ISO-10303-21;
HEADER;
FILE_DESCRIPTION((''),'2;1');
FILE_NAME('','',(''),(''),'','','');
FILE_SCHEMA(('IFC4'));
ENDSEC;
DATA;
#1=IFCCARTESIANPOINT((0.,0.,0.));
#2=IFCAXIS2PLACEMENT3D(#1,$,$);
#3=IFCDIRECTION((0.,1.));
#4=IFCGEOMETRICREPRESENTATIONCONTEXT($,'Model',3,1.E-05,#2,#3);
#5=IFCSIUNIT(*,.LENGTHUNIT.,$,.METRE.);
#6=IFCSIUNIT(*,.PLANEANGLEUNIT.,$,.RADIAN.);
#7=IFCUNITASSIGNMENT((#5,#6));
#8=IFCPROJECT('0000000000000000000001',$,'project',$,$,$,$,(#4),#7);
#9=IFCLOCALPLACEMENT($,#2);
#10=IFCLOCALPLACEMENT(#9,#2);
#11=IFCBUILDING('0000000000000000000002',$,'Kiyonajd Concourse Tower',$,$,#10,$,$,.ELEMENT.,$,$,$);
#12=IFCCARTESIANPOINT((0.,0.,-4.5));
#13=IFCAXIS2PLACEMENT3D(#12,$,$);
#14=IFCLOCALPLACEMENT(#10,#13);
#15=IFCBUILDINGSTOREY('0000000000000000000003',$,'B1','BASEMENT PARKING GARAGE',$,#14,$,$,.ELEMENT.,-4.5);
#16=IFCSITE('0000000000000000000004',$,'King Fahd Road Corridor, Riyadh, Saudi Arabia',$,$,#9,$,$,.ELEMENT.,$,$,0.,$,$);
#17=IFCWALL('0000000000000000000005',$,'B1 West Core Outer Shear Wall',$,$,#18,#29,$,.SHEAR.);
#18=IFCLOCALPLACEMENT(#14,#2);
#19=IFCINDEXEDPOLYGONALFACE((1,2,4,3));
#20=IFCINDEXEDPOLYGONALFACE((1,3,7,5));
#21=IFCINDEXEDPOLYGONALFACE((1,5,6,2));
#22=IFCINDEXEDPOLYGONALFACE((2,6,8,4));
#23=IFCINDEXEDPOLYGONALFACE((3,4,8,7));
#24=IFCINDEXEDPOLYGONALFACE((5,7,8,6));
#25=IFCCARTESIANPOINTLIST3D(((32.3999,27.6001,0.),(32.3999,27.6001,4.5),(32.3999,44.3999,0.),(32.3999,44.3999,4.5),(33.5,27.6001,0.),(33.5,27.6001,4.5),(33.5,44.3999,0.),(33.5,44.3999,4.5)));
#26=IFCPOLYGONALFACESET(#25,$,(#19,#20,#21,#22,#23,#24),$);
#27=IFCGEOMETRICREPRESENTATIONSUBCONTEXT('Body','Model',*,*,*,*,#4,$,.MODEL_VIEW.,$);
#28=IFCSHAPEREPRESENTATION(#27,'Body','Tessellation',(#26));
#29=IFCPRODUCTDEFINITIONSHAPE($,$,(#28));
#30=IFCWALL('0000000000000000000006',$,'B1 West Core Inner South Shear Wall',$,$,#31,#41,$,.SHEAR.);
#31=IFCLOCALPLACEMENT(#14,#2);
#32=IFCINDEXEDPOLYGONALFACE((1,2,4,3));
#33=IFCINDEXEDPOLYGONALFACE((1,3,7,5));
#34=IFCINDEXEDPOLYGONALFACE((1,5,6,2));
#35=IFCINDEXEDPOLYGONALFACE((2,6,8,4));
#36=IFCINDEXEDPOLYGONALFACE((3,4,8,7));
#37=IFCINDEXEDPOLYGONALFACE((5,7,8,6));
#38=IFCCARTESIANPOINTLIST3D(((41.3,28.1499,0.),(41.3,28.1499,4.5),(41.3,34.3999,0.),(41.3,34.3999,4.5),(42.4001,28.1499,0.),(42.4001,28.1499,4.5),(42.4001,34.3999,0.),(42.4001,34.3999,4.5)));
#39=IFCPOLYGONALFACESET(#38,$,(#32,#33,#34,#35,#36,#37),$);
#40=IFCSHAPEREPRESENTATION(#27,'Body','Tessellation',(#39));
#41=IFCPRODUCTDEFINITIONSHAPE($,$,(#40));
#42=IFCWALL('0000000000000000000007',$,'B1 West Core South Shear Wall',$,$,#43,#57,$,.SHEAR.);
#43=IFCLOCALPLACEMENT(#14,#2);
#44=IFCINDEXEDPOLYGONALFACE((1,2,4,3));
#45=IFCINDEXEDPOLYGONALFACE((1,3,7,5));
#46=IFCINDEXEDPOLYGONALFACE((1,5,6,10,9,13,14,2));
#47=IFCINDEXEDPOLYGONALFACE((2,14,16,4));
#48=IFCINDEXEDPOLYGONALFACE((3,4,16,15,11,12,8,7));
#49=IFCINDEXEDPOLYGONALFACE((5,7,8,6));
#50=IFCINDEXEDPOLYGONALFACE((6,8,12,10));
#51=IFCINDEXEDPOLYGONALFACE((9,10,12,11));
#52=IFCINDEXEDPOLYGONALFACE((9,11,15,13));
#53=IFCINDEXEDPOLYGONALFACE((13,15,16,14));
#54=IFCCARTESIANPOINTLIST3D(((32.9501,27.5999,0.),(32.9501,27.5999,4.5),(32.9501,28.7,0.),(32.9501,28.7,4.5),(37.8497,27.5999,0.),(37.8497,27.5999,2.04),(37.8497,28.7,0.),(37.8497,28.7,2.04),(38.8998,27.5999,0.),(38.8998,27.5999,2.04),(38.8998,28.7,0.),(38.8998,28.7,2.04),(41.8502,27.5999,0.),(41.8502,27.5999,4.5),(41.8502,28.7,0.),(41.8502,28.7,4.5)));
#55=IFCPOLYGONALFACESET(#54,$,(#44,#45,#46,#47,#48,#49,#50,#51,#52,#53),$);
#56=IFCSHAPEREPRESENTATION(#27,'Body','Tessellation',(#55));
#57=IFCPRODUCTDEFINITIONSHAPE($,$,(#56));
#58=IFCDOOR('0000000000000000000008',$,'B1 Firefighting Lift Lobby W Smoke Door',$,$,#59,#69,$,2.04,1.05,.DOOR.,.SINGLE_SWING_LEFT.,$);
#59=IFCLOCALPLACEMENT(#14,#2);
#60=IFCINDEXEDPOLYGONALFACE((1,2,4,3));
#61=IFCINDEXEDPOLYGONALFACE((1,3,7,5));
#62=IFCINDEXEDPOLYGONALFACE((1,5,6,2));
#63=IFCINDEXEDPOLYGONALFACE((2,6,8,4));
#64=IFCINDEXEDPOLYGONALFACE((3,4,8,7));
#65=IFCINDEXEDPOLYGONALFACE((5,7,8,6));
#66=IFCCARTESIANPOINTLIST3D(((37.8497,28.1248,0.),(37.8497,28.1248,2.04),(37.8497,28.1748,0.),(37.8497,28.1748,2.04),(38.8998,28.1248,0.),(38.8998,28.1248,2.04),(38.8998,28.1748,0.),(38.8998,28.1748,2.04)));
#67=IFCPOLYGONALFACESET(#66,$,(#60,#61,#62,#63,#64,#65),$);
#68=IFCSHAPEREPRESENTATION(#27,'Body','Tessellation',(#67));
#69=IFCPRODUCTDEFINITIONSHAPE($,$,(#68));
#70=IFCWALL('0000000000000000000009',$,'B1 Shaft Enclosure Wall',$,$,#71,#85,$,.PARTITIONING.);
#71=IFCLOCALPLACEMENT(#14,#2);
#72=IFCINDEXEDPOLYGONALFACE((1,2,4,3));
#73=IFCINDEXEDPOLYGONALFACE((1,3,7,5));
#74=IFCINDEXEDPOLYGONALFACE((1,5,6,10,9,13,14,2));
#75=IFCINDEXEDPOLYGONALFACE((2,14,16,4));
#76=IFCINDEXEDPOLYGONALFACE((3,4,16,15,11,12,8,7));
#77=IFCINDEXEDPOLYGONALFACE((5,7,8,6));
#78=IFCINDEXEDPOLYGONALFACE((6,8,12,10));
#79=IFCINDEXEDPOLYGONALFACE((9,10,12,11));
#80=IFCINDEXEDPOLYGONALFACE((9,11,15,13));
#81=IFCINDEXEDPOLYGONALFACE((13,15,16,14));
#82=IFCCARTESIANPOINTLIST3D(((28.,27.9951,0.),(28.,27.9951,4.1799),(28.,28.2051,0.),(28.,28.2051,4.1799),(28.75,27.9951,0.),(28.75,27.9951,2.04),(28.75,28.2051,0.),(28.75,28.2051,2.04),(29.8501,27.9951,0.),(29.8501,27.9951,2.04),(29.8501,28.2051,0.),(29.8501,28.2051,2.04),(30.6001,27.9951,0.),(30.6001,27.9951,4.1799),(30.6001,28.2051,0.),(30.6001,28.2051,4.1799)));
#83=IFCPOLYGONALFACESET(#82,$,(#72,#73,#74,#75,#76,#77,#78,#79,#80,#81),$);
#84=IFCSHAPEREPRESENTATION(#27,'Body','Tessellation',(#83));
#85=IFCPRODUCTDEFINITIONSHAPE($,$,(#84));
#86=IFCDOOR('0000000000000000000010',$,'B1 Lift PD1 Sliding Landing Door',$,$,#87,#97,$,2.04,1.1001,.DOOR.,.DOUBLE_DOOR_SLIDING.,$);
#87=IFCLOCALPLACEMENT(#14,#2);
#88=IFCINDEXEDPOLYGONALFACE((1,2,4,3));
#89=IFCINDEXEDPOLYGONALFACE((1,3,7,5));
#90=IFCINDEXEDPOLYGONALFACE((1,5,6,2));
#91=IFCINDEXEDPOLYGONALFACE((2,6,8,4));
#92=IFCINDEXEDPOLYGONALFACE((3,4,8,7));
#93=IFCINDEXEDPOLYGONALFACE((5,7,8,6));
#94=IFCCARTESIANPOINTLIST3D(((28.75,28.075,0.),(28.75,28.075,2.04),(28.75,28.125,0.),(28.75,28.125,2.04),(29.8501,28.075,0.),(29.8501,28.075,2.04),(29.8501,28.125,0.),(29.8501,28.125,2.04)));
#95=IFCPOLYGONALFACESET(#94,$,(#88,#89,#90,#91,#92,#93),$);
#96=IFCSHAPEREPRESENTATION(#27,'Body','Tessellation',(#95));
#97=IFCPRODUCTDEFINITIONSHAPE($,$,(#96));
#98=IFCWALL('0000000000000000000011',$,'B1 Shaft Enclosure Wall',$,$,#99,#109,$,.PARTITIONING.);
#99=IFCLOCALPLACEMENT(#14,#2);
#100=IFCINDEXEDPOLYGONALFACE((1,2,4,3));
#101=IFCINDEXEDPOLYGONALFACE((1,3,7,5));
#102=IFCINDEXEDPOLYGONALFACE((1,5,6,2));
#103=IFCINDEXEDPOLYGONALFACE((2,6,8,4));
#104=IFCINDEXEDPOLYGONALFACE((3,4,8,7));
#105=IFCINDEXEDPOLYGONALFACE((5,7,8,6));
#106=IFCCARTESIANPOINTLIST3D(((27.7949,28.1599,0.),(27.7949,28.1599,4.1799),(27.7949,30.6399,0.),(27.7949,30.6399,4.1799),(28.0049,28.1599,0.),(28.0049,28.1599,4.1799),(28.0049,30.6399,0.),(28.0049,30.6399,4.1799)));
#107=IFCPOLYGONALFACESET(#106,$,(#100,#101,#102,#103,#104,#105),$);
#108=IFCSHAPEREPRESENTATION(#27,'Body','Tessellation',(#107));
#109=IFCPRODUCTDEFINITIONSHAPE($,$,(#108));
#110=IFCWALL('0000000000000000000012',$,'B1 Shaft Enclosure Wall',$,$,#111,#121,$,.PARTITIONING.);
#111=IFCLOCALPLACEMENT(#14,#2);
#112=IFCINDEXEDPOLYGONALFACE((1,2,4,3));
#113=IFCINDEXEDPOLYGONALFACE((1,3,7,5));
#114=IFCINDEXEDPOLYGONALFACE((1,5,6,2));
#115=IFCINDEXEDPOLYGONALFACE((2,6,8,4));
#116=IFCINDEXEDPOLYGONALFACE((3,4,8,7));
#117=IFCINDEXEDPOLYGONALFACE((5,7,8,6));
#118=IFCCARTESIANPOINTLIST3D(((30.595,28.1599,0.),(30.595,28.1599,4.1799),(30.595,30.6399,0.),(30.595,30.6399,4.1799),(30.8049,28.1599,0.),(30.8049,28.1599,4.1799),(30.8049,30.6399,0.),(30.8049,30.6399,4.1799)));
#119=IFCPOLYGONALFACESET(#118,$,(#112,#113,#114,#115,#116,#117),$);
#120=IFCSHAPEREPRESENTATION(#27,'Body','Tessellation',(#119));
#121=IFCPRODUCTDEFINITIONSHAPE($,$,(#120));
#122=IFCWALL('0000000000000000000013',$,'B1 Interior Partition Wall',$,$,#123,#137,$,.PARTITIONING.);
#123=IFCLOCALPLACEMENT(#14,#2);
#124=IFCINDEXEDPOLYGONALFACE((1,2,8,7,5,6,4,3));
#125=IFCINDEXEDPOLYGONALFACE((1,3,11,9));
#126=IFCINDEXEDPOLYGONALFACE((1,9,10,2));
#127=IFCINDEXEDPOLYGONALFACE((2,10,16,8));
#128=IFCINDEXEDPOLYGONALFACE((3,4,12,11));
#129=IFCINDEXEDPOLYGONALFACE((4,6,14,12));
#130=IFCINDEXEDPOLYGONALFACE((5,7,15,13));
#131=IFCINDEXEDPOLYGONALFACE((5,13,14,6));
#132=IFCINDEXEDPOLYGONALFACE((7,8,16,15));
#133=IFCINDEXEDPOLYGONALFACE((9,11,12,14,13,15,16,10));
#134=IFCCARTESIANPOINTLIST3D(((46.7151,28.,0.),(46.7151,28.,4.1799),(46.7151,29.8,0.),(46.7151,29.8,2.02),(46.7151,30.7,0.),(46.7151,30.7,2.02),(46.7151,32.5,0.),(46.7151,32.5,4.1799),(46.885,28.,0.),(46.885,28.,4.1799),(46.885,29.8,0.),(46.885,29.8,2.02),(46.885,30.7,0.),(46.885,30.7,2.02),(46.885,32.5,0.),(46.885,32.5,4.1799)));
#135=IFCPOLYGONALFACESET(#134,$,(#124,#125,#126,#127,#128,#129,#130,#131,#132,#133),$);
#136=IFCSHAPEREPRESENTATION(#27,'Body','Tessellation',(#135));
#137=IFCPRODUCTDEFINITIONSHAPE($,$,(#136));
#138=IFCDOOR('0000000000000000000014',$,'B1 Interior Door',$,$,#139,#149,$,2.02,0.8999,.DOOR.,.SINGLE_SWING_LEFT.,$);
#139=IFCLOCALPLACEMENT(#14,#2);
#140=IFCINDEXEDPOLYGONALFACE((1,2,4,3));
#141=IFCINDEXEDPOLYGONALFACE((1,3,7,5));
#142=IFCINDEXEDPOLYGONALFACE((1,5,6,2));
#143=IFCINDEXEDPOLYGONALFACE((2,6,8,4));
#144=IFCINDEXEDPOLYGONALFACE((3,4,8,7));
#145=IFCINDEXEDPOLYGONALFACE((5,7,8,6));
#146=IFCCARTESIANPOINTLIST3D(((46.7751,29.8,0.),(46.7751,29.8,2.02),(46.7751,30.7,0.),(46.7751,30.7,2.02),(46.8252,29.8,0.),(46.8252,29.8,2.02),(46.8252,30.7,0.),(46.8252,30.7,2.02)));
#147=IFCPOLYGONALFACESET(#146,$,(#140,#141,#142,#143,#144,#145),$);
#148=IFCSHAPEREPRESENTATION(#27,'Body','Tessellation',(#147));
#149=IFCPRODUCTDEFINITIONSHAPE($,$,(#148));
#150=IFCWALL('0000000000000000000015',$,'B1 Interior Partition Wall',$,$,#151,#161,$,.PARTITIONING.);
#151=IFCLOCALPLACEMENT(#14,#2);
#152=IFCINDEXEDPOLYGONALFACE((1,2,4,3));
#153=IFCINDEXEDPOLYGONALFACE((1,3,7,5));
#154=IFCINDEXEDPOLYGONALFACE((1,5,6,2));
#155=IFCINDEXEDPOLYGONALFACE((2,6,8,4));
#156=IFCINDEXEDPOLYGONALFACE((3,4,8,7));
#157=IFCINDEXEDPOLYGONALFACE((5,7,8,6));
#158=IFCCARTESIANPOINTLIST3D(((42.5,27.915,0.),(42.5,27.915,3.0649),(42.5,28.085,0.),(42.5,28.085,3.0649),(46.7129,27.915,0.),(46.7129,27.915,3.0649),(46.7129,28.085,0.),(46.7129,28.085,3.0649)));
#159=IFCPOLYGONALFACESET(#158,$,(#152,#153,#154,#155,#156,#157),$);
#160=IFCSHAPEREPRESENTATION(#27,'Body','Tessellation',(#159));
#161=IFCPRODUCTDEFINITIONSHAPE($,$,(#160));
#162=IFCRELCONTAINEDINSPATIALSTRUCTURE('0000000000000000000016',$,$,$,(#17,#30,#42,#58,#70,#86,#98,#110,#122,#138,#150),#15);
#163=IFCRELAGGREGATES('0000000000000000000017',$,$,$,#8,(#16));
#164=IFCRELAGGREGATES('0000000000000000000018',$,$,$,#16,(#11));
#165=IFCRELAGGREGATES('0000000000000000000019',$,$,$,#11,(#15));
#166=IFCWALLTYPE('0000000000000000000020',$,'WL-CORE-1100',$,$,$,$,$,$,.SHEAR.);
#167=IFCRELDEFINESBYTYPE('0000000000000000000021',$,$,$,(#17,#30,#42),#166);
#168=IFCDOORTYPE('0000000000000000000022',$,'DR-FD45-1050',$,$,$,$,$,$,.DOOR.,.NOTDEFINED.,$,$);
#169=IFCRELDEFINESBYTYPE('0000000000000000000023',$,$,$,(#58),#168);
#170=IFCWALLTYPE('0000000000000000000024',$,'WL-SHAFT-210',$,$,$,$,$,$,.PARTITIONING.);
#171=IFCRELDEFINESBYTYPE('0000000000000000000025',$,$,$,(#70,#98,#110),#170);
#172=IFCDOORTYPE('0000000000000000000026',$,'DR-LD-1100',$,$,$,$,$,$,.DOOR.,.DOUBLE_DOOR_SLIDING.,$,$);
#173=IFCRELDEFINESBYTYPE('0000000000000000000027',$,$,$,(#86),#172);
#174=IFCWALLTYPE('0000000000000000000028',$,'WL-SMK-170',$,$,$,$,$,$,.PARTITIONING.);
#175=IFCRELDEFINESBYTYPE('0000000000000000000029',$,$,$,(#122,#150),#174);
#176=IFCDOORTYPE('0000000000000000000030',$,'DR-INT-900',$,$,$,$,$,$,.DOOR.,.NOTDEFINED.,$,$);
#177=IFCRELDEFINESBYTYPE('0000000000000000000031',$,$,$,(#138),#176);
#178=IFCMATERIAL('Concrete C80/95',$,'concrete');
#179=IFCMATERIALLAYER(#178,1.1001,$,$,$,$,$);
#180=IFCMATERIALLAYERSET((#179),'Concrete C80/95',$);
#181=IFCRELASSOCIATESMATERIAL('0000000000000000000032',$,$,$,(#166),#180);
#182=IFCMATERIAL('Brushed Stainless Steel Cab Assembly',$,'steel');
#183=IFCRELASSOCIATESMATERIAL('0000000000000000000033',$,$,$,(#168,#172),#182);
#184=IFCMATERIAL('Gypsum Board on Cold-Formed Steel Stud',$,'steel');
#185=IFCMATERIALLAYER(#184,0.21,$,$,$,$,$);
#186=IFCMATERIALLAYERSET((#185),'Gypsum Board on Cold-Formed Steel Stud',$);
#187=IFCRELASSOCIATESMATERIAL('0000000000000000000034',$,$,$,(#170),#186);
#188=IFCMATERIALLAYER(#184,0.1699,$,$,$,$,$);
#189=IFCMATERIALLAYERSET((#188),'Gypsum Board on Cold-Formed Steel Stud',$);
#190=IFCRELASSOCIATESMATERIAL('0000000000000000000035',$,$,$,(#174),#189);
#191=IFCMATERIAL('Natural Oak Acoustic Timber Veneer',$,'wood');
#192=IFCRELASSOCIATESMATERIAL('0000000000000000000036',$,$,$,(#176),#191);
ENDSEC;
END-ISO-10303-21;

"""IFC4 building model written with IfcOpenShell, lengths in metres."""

from ifc_helpers import new_model, si_unit, direction, frame, frame_2d, origin, place, context, subcontext, project, spatial, rectangle, extrude, material, layer, layer_set, type_object, element, fill, save


model = new_model("IFC4")

# Units and contexts
model_context = context("Model", 3, precision=1e-05, world=origin(), true_north=direction((0.0, 1.0)))
body_context = subcontext(model_context, "Body", "Model", "MODEL_VIEW")
ifc_project = project(units=[si_unit("LENGTHUNIT", "METRE"), si_unit("PLANEANGLEUNIT", "RADIAN")], contexts=[model_context])

# Site, building, storey
site_placement = place(None, origin())
site = spatial("IfcSite", under=ifc_project, at=site_placement, Name="King Fahd Road Corridor, Riyadh, Saudi Arabia", CompositionType="ELEMENT", RefElevation=0.0)
building_placement = place(site_placement, origin())
building = spatial("IfcBuilding", under=site, at=building_placement, Name="Kiyonajd Concourse Tower", CompositionType="ELEMENT")
storey_placement = place(building_placement, frame((0.0, 0.0, -4.5)))
storey = spatial("IfcBuildingStorey", under=building, at=storey_placement, Name="B1", Description="BASEMENT PARKING GARAGE", CompositionType="ELEMENT", Elevation=-4.5)

# Shared definitions
ifc_material_1 = material(Name="Concrete C80/95", Category="concrete")

# Walls
ifc_layer_1 = layer(ifc_material_1, 1.1001)
ifc_layer_set_1 = layer_set([ifc_layer_1], Name="Concrete C80/95")
wall_type_1 = type_object("IfcWallType", Name="WL-CORE-1100", PredefinedType="SHEAR", material=ifc_layer_set_1)
wall_1_placement = place(storey_placement, frame((32.95, 27.6001, 0.0), z_axis=(0.0, 0.0, 1.0), x_axis=(0.0, 1.0, 0.0)))
element("IfcWall", 1, at=wall_1_placement, inside=storey, type_object=wall_type_1, Name="B1 West Core Outer Shear Wall", PredefinedType="SHEAR", context=body_context, shape_type="SweptSolid", body=[
    extrude(rectangle(XDim=16.7998, YDim=1.1001, at=frame_2d((8.3999, 0.0))), origin(), (0.0, 0.0, 1.0), 4.5),
])
wall_2_placement = place(storey_placement, frame((41.8501, 28.1499, 0.0), z_axis=(0.0, 0.0, 1.0), x_axis=(0.0, 1.0, 0.0)))
element("IfcWall", 2, at=wall_2_placement, inside=storey, type_object=wall_type_1, Name="B1 West Core Inner South Shear Wall", PredefinedType="SHEAR", context=body_context, shape_type="SweptSolid", body=[
    extrude(rectangle(XDim=6.25, YDim=1.1001, at=frame_2d((3.125, 0.0))), origin(), (0.0, 0.0, 1.0), 4.5),
])

# Walls, openings, doors
wall_3_placement = place(storey_placement, frame((32.95, 28.1499, 0.0), z_axis=(0.0, 0.0, 1.0), x_axis=(1.0, 0.0, 0.0)))
wall_3 = element("IfcWall", 3, at=wall_3_placement, inside=storey, type_object=wall_type_1, Name="B1 West Core South Shear Wall", PredefinedType="SHEAR", context=body_context, shape_type="SweptSolid", body=[
    extrude(rectangle(XDim=8.9001, YDim=1.1001, at=frame_2d((4.4502, 0.0))), origin(), (0.0, 0.0, 1.0), 4.5),
])
opening_1_placement = place(wall_3_placement, frame((4.8999, 0.0, 0.0)))
opening_1 = element("IfcOpeningElement", 4, at=opening_1_placement, cuts=wall_3, PredefinedType="OPENING", context=body_context, shape_type="SweptSolid", body=[
    extrude(rectangle(XDim=1.05, YDim=2.04, at=frame_2d((0.5249, 1.02))), frame((0.0, 0.5601, 0.0), z_axis=(0.0, -1.0, 0.0), x_axis=(1.0, 0.0, 0.0)), (0.0, 0.0, 1.0), 1.1201),
])
ifc_material_2 = material(Name="Brushed Stainless Steel Cab Assembly", Category="steel")
door_type_1 = type_object("IfcDoorType", Name="DR-FD45-1050", OperationType="NOTDEFINED", PredefinedType="DOOR", material=ifc_material_2)
door_1_placement = place(opening_1_placement, origin())
door_1 = element("IfcDoor", 5, at=door_1_placement, inside=storey, type_object=door_type_1, Name="B1 Firefighting Lift Lobby W Smoke Door", OperationType="SINGLE_SWING_LEFT", OverallHeight=2.04, OverallWidth=1.05, PredefinedType="DOOR", context=body_context, shape_type="SweptSolid", body=[
    extrude(rectangle(XDim=1.05, YDim=2.04, at=frame_2d((0.5249, 1.02))), frame((0.0, 0.0249, 0.0), z_axis=(0.0, -1.0, 0.0), x_axis=(1.0, 0.0, 0.0)), (0.0, 0.0, 1.0), 0.05),
])
fill(opening_1, door_1)
ifc_material_3 = material(Name="Gypsum Board on Cold-Formed Steel Stud", Category="steel")
ifc_layer_2 = layer(ifc_material_3, 0.21)
ifc_layer_set_2 = layer_set([ifc_layer_2], Name="Gypsum Board on Cold-Formed Steel Stud")
wall_type_2 = type_object("IfcWallType", Name="WL-SHAFT-210", PredefinedType="PARTITIONING", material=ifc_layer_set_2)
wall_4_placement = place(storey_placement, frame((28.0, 28.1001, 0.0), z_axis=(0.0, 0.0, 1.0), x_axis=(1.0, 0.0, 0.0)))
wall_4 = element("IfcWall", 6, at=wall_4_placement, inside=storey, type_object=wall_type_2, Name="B1 Shaft Enclosure Wall", PredefinedType="PARTITIONING", context=body_context, shape_type="SweptSolid", body=[
    extrude(rectangle(XDim=2.6001, YDim=0.21, at=frame_2d((1.3, 0.0))), origin(), (0.0, 0.0, 1.0), 4.1799),
])
opening_2_placement = place(wall_4_placement, frame((0.75, 0.0, 0.0)))
opening_2 = element("IfcOpeningElement", 7, at=opening_2_placement, cuts=wall_4, PredefinedType="OPENING", context=body_context, shape_type="SweptSolid", body=[
    extrude(rectangle(XDim=1.1001, YDim=2.04, at=frame_2d((0.55, 1.02))), frame((0.0, 0.115, 0.0), z_axis=(0.0, -1.0, 0.0), x_axis=(1.0, 0.0, 0.0)), (0.0, 0.0, 1.0), 0.23),
])
door_type_2 = type_object("IfcDoorType", Name="DR-LD-1100", OperationType="DOUBLE_DOOR_SLIDING", PredefinedType="DOOR", material=ifc_material_2)
door_2_placement = place(opening_2_placement, origin())
door_2 = element("IfcDoor", 8, at=door_2_placement, inside=storey, type_object=door_type_2, Name="B1 Lift PD1 Sliding Landing Door", OperationType="DOUBLE_DOOR_SLIDING", OverallHeight=2.04, OverallWidth=1.1001, PredefinedType="DOOR", context=body_context, shape_type="SweptSolid", body=[
    extrude(rectangle(XDim=1.1001, YDim=2.04, at=frame_2d((0.55, 1.02))), frame((0.0, 0.0249, 0.0), z_axis=(0.0, -1.0, 0.0), x_axis=(1.0, 0.0, 0.0)), (0.0, 0.0, 1.0), 0.05),
])
fill(opening_2, door_2)

# Walls
for number, where, z_axis, x_axis, name in (
    (9, (27.8999, 28.1599, 0.0), (0.0, 0.0, 1.0), (0.0, 1.0, 0.0), "B1 Shaft Enclosure Wall"),
    (10, (30.7, 28.1599, 0.0), (0.0, 0.0, 1.0), (0.0, 1.0, 0.0), "B1 Shaft Enclosure Wall"),
):
    element("IfcWall", number, at=place(storey_placement, frame(where, z_axis=z_axis, x_axis=x_axis)), inside=storey, type_object=wall_type_2, Name=name, PredefinedType="PARTITIONING", context=body_context, shape_type="SweptSolid", body=[
        extrude(rectangle(XDim=2.48, YDim=0.21, at=frame_2d((1.24, 0.0))), origin(), (0.0, 0.0, 1.0), 4.1799),
    ])

# Wall, opening, door
ifc_layer_3 = layer(ifc_material_3, 0.1699)
ifc_layer_set_3 = layer_set([ifc_layer_3], Name="Gypsum Board on Cold-Formed Steel Stud")
wall_type_3 = type_object("IfcWallType", Name="WL-SMK-170", PredefinedType="PARTITIONING", material=ifc_layer_set_3)
wall_5_placement = place(storey_placement, frame((46.8, 28.0, 0.0), z_axis=(0.0, 0.0, 1.0), x_axis=(0.0, 1.0, 0.0)))
wall_5 = element("IfcWall", 11, at=wall_5_placement, inside=storey, type_object=wall_type_3, Name="B1 Interior Partition Wall", PredefinedType="PARTITIONING", context=body_context, shape_type="SweptSolid", body=[
    extrude(rectangle(XDim=4.5, YDim=0.1699, at=frame_2d((2.25, 0.0))), origin(), (0.0, 0.0, 1.0), 4.1799),
])
opening_3_placement = place(wall_5_placement, frame((1.8, 0.0, 0.0)))
opening_3 = element("IfcOpeningElement", 12, at=opening_3_placement, cuts=wall_5, PredefinedType="OPENING", context=body_context, shape_type="SweptSolid", body=[
    extrude(rectangle(XDim=0.8999, YDim=2.02, at=frame_2d((0.45, 1.01))), frame((0.0, 0.095, 0.0), z_axis=(0.0, -1.0, 0.0), x_axis=(1.0, 0.0, 0.0)), (0.0, 0.0, 1.0), 0.1899),
])
ifc_material_4 = material(Name="Natural Oak Acoustic Timber Veneer", Category="wood")
door_type_3 = type_object("IfcDoorType", Name="DR-INT-900", OperationType="NOTDEFINED", PredefinedType="DOOR", material=ifc_material_4)
door_3_placement = place(opening_3_placement, origin())
door_3 = element("IfcDoor", 13, at=door_3_placement, inside=storey, type_object=door_type_3, Name="B1 Interior Door", OperationType="SINGLE_SWING_LEFT", OverallHeight=2.02, OverallWidth=0.8999, PredefinedType="DOOR", context=body_context, shape_type="SweptSolid", body=[
    extrude(rectangle(XDim=0.8999, YDim=2.02, at=frame_2d((0.45, 1.01))), frame((0.0, 0.0249, 0.0), z_axis=(0.0, -1.0, 0.0), x_axis=(1.0, 0.0, 0.0)), (0.0, 0.0, 1.0), 0.05),
])
fill(opening_3, door_3)

# Wall
wall_6_placement = place(storey_placement, frame((42.5, 28.0, 0.0), z_axis=(0.0, 0.0, 1.0), x_axis=(1.0, 0.0, 0.0)))
element("IfcWall", 14, at=wall_6_placement, inside=storey, type_object=wall_type_3, Name="B1 Interior Partition Wall", PredefinedType="PARTITIONING", context=body_context, shape_type="SweptSolid", body=[
    extrude(rectangle(XDim=4.2129, YDim=0.1699, at=frame_2d((2.1064, 0.0))), origin(), (0.0, 0.0, 1.0), 3.0649),
])

save(model, "model.ifc")
